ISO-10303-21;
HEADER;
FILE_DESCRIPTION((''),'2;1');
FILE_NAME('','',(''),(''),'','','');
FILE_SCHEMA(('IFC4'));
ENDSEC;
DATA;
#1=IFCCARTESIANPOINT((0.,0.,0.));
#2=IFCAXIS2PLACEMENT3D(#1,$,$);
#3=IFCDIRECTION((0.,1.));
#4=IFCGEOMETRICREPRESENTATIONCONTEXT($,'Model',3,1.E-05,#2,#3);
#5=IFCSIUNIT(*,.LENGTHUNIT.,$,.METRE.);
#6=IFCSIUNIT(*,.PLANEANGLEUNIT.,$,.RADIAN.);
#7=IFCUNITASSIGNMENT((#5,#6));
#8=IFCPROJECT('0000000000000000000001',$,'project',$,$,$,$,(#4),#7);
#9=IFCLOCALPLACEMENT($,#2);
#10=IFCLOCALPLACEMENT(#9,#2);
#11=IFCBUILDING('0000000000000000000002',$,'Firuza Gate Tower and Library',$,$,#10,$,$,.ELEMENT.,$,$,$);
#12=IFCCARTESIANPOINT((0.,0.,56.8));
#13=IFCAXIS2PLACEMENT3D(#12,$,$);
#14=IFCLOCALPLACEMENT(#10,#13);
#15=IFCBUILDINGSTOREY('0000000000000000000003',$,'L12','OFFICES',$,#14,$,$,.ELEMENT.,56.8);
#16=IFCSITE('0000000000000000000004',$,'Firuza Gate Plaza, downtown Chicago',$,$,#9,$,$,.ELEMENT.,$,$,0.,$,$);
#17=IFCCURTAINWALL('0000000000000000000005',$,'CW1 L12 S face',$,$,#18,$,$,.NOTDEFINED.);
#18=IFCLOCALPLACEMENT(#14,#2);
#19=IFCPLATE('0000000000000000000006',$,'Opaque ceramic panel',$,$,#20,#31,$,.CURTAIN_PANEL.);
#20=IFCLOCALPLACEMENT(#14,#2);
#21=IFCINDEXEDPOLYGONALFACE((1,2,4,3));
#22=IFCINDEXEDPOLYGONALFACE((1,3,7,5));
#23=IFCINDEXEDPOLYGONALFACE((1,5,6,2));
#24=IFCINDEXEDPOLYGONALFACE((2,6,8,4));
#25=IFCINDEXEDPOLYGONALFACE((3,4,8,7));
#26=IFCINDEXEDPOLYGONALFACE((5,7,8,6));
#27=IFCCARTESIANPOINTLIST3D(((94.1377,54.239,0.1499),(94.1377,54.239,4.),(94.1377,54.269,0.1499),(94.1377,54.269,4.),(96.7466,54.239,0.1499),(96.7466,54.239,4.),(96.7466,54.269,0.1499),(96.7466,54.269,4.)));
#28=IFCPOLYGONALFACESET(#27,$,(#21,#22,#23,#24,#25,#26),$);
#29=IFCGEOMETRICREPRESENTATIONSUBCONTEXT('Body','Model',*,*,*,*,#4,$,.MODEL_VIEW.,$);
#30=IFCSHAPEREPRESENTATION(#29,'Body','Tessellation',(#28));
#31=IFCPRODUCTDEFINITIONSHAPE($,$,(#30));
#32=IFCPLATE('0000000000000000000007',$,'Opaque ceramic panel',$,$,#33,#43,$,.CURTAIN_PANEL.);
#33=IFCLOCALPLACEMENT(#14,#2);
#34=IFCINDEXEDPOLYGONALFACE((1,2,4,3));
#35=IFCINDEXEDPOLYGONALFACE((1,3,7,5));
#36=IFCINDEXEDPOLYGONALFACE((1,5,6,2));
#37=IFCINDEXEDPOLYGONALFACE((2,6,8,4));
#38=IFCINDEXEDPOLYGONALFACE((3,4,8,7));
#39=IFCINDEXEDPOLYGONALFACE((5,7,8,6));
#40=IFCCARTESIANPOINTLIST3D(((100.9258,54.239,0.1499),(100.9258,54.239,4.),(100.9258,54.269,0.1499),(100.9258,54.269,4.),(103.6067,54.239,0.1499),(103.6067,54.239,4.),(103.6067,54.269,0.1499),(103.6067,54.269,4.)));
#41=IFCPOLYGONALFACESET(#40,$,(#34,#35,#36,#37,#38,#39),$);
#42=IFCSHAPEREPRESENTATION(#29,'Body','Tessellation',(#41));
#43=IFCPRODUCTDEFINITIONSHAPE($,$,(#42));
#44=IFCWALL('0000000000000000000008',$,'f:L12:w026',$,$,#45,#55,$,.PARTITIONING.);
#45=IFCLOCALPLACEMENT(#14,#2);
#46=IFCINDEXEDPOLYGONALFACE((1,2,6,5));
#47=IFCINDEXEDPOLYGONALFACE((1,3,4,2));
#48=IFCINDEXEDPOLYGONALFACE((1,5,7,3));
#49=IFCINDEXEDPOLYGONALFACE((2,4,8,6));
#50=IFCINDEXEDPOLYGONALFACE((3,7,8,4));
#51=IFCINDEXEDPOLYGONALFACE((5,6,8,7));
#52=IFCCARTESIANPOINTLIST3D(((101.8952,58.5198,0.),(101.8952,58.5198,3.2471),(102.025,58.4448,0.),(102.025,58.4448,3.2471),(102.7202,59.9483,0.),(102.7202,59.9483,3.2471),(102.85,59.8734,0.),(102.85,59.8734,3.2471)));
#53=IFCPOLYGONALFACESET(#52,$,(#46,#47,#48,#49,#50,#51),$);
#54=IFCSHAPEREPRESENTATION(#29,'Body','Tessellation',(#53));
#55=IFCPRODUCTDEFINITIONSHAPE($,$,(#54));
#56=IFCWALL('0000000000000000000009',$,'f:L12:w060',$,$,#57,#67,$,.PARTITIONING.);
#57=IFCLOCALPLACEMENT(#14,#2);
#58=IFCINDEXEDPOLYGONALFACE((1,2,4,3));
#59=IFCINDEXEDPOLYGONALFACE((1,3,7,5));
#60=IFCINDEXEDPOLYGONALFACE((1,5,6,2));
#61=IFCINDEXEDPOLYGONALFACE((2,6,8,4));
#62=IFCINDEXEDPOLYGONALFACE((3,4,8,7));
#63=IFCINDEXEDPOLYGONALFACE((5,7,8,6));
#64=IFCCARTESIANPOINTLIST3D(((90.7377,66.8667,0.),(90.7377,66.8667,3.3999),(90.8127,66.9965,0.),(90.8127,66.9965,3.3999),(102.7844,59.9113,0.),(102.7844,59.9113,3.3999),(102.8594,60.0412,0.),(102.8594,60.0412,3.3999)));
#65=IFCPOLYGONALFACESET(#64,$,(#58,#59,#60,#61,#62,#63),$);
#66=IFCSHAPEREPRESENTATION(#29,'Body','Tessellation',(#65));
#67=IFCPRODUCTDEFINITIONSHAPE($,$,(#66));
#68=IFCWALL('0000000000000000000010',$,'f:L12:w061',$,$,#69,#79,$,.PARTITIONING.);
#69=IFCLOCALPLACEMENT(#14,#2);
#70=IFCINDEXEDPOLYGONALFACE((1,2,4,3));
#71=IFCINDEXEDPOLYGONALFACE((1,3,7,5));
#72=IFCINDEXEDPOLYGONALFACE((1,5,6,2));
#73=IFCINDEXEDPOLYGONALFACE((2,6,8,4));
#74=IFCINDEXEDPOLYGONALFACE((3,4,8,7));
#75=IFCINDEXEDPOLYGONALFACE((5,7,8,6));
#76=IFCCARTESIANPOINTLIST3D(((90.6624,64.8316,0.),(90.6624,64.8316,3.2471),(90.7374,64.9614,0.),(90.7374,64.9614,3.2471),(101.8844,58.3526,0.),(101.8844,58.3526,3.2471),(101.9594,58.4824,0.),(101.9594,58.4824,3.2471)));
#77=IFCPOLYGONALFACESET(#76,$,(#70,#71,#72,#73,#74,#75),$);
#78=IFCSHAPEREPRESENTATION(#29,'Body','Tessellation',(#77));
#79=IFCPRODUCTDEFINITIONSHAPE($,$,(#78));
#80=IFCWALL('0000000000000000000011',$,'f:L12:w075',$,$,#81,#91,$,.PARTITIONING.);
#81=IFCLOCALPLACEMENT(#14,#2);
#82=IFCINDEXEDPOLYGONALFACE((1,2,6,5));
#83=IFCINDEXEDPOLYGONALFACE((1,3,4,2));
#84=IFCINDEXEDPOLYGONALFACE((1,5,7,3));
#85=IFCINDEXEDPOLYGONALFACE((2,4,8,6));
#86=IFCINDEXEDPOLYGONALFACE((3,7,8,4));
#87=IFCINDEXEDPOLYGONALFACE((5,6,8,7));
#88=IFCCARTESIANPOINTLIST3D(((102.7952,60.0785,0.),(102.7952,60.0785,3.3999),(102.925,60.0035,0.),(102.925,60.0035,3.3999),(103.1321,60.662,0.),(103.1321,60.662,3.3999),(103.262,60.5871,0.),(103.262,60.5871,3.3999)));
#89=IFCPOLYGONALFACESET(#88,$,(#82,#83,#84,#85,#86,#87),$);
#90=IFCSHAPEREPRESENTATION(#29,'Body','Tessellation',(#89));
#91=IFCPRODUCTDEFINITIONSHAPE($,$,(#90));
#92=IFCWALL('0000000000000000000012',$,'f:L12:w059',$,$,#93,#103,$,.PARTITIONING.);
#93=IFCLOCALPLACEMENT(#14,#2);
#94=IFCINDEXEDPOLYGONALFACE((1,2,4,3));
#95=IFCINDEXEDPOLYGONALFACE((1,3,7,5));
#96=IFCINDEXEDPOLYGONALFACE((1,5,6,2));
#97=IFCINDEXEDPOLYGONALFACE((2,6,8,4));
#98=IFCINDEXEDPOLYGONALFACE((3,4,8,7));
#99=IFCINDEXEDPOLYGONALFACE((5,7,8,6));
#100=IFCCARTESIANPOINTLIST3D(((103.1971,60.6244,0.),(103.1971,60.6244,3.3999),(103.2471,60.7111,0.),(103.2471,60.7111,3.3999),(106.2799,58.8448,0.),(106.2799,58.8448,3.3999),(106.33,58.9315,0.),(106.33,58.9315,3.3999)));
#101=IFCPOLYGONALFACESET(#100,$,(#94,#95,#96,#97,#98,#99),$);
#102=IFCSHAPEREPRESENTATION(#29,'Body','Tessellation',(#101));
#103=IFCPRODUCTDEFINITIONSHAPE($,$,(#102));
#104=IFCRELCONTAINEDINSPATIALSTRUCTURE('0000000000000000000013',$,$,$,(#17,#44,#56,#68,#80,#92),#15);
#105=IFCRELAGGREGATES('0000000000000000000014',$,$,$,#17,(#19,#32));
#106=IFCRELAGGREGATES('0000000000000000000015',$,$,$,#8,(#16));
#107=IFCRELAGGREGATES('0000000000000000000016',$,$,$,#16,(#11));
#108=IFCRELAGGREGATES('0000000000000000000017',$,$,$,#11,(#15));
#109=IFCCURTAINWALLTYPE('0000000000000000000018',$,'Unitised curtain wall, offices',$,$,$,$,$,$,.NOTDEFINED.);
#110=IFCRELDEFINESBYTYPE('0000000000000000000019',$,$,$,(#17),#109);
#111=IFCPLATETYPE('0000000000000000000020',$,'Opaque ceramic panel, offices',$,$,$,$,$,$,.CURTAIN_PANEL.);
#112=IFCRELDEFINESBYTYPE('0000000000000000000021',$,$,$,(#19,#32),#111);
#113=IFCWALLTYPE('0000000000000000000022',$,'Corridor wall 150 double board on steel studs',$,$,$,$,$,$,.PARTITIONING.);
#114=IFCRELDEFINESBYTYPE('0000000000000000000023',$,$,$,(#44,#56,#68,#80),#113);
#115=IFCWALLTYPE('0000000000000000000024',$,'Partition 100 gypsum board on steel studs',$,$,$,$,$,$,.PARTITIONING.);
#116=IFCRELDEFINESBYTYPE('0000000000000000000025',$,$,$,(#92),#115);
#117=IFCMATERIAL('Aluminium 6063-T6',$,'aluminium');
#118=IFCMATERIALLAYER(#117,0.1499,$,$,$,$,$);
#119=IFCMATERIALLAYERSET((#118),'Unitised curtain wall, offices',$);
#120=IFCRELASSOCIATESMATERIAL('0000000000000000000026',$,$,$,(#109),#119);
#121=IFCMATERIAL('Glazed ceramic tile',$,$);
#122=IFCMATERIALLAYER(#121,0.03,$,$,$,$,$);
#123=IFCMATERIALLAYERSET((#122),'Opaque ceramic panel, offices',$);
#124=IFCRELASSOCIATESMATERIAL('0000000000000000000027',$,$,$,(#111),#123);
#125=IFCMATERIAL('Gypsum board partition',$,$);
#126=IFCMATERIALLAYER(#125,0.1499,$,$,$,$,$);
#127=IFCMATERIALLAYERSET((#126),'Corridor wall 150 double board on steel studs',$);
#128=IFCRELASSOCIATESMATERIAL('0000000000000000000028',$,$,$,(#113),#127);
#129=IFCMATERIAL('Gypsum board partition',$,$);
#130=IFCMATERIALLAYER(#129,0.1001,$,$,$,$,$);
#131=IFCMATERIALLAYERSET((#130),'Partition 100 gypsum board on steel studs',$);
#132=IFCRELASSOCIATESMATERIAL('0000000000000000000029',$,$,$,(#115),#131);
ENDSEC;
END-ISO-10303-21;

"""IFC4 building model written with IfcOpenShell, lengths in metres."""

from ifc_helpers import new_model, si_unit, direction, frame, frame_2d, origin, place, context, subcontext, project, spatial, polyline, rectangle, outline, extrude, material, layer, layer_set, type_object, element, aggregate, save


model = new_model("IFC4")

# Units and contexts
model_context = context("Model", 3, precision=1e-05, world=origin(), true_north=direction((0.0, 1.0)))
body_context = subcontext(model_context, "Body", "Model", "MODEL_VIEW")
ifc_project = project(units=[si_unit("LENGTHUNIT", "METRE"), si_unit("PLANEANGLEUNIT", "RADIAN")], contexts=[model_context])

# Site, building, storey
site_placement = place(None, origin())
site = spatial("IfcSite", under=ifc_project, at=site_placement, Name="Firuza Gate Plaza, downtown Chicago", CompositionType="ELEMENT", RefElevation=0.0)
building_placement = place(site_placement, origin())
building = spatial("IfcBuilding", under=site, at=building_placement, Name="Firuza Gate Tower and Library", CompositionType="ELEMENT")
storey_placement = place(building_placement, frame((0.0, 0.0, 56.8)))
storey = spatial("IfcBuildingStorey", under=building, at=storey_placement, Name="L12", Description="OFFICES", CompositionType="ELEMENT", Elevation=56.8)

# Curtain wall
ifc_material_1 = material(Name="Aluminium 6063-T6", Category="aluminium")
ifc_layer_1 = layer(ifc_material_1, 0.1499)
ifc_layer_set_1 = layer_set([ifc_layer_1], Name="Unitised curtain wall, offices")
curtain_wall_type_1 = type_object("IfcCurtainWallType", Name="Unitised curtain wall, offices", PredefinedType="NOTDEFINED", material=ifc_layer_set_1)
placement = place(storey_placement, origin())
curtain_wall_1 = element("IfcCurtainWall", 1, at=placement, inside=storey, type_object=curtain_wall_type_1, Name="CW1 L12 S face", PredefinedType="NOTDEFINED")

# Plates
ifc_material_2 = material(Name="Glazed ceramic tile")
ifc_layer_2 = layer(ifc_material_2, 0.03)
ifc_layer_set_2 = layer_set([ifc_layer_2], Name="Opaque ceramic panel, offices")
plate_type_1 = type_object("IfcPlateType", Name="Opaque ceramic panel, offices", PredefinedType="CURTAIN_PANEL", material=ifc_layer_set_2)
plate_1_placement = place(storey_placement, frame((94.1377, 54.239, 0.1499), z_axis=(0.0, -1.0, 0.0), x_axis=(1.0, 0.0, 0.0)))
plate_1 = element("IfcPlate", 2, at=plate_1_placement, type_object=plate_type_1, Name="Opaque ceramic panel", PredefinedType="CURTAIN_PANEL", context=body_context, shape_type="SweptSolid", body=[
    extrude(outline(polyline([(0.0, 0.0), (2.6089, 0.0), (2.6089, 3.8501), (0.0, 3.8501), (0.0, 0.0)])), origin(), (0.0, 0.0, -1.0), 0.03),
])
plate_2_placement = place(storey_placement, frame((100.9258, 54.239, 0.1499), z_axis=(0.0, -1.0, 0.0), x_axis=(1.0, 0.0, 0.0)))
plate_2 = element("IfcPlate", 3, at=plate_2_placement, type_object=plate_type_1, Name="Opaque ceramic panel", PredefinedType="CURTAIN_PANEL", context=body_context, shape_type="SweptSolid", body=[
    extrude(outline(polyline([(0.0, 0.0), (2.6809, 0.0), (2.6809, 3.8501), (0.0, 3.8501), (0.0, 0.0)])), origin(), (0.0, 0.0, -1.0), 0.03),
])
aggregate(curtain_wall_1, [plate_1, plate_2])

# Walls
ifc_material_3 = material(Name="Gypsum board partition")
ifc_layer_3 = layer(ifc_material_3, 0.1499)
ifc_layer_set_3 = layer_set([ifc_layer_3], Name="Corridor wall 150 double board on steel studs")
wall_type_1 = type_object("IfcWallType", Name="Corridor wall 150 double board on steel studs", PredefinedType="PARTITIONING", material=ifc_layer_set_3)
wall_1_placement = place(storey_placement, frame((101.9602, 58.4824, 0.0), z_axis=(0.0, 0.0, 1.0), x_axis=(0.500103, 0.865966, 0.0)))
element("IfcWall", 4, at=wall_1_placement, inside=storey, type_object=wall_type_1, Name="f:L12:w026", PredefinedType="PARTITIONING", context=body_context, shape_type="SweptSolid", body=[
    extrude(rectangle(XDim=1.6497, YDim=0.1499, at=frame_2d((0.8247, 0.0))), origin(), (0.0, 0.0, 1.0), 3.2471),
])
wall_2_placement = place(storey_placement, frame((102.8218, 59.9763, 0.0), z_axis=(0.0, 0.0, 1.0), x_axis=(-0.866019, 0.500011, 0.0)))
element("IfcWall", 5, at=wall_2_placement, inside=storey, type_object=wall_type_1, Name="f:L12:w060", PredefinedType="PARTITIONING", context=body_context, shape_type="SweptSolid", body=[
    extrude(rectangle(XDim=13.9104, YDim=0.1499, at=frame_2d((6.9551, 0.0))), origin(), (0.0, 0.0, 1.0), 3.3999),
])
wall_3_placement = place(storey_placement, frame((101.9219, 58.4175, 0.0), z_axis=(0.0, 0.0, 1.0), x_axis=(-0.866025, 0.500001, 0.0)))
element("IfcWall", 6, at=wall_3_placement, inside=storey, type_object=wall_type_1, Name="f:L12:w061", PredefinedType="PARTITIONING", context=body_context, shape_type="SweptSolid", body=[
    extrude(rectangle(XDim=12.958, YDim=0.1499, at=frame_2d((6.479, 0.0))), origin(), (0.0, 0.0, 1.0), 3.2471),
])
wall_4_placement = place(storey_placement, frame((102.8601, 60.041, 0.0), z_axis=(0.0, 0.0, 1.0), x_axis=(0.500036, 0.866005, 0.0)))
element("IfcWall", 7, at=wall_4_placement, inside=storey, type_object=wall_type_1, Name="f:L12:w075", PredefinedType="PARTITIONING", context=body_context, shape_type="SweptSolid", body=[
    extrude(rectangle(XDim=0.6738, YDim=0.1499, at=frame_2d((0.3369, 0.0))), origin(), (0.0, 0.0, 1.0), 3.3999),
])
ifc_material_4 = material(Name="Gypsum board partition")
ifc_layer_4 = layer(ifc_material_4, 0.1001)
ifc_layer_set_4 = layer_set([ifc_layer_4], Name="Partition 100 gypsum board on steel studs")
wall_type_2 = type_object("IfcWallType", Name="Partition 100 gypsum board on steel studs", PredefinedType="PARTITIONING", material=ifc_layer_set_4)
wall_5_placement = place(storey_placement, frame((106.3049, 58.8882, 0.0), z_axis=(0.0, 0.0, 1.0), x_axis=(-0.866061, 0.499938, 0.0)))
element("IfcWall", 8, at=wall_5_placement, inside=storey, type_object=wall_type_2, Name="f:L12:w059", PredefinedType="PARTITIONING", context=body_context, shape_type="SweptSolid", body=[
    extrude(rectangle(XDim=3.5596, YDim=0.1001, at=frame_2d((1.7798, 0.0))), origin(), (0.0, 0.0, 1.0), 3.3999),
])

save(model, "model.ifc")
